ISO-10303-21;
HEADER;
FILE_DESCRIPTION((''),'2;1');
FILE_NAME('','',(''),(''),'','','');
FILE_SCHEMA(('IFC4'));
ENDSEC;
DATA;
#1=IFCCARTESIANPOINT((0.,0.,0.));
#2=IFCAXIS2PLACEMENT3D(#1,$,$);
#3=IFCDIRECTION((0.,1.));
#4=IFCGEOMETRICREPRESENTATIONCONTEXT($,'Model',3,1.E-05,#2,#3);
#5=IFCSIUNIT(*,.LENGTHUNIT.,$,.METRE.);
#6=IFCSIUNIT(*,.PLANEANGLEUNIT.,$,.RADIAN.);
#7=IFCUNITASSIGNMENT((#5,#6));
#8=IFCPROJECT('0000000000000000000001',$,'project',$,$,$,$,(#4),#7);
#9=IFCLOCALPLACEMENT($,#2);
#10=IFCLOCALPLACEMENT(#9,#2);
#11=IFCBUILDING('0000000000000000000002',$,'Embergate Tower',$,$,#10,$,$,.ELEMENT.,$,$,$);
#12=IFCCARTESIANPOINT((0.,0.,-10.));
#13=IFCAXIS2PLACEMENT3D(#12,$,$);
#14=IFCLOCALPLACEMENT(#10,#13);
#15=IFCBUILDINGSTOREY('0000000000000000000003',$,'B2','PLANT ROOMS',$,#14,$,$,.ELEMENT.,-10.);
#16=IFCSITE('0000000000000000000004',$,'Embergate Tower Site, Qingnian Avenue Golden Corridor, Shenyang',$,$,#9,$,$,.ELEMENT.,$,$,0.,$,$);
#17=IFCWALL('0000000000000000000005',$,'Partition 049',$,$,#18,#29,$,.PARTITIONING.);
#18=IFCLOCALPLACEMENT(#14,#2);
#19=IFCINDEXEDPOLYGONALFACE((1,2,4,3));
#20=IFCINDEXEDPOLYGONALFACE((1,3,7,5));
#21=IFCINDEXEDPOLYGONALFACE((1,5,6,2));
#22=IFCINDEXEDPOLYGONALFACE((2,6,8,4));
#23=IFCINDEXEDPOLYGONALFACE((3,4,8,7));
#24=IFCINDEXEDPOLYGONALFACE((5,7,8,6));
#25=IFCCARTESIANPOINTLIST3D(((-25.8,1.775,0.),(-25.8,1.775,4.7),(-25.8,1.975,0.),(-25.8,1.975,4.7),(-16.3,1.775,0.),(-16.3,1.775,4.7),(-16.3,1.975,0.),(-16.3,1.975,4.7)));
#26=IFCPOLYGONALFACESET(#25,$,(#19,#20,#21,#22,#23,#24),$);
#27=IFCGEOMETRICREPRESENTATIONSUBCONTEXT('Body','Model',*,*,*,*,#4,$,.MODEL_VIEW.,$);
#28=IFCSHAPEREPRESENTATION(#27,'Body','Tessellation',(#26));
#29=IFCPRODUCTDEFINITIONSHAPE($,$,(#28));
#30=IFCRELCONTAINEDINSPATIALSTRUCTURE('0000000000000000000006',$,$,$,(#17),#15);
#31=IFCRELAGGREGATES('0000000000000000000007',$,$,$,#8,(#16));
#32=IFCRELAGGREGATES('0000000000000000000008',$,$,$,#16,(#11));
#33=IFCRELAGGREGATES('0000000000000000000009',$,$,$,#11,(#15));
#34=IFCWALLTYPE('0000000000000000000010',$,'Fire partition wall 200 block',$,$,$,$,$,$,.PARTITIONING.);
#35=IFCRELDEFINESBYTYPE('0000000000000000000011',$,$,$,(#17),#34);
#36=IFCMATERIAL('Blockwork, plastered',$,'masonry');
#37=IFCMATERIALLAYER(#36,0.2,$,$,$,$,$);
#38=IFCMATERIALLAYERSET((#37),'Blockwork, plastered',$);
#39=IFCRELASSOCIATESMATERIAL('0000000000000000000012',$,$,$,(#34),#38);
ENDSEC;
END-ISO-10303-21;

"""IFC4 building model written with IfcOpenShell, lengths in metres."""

from ifc_helpers import new_model, si_unit, direction, frame, frame_2d, origin, place, context, subcontext, project, spatial, rectangle, extrude, source, transform, mapped, material, layer, layer_set, type_object, element, save


model = new_model("IFC4")

# Units and contexts
model_context = context("Model", 3, precision=1e-05, world=origin(), true_north=direction((0.0, 1.0)))
body_context = subcontext(model_context, "Body", "Model", "MODEL_VIEW")
ifc_project = project(units=[si_unit("LENGTHUNIT", "METRE"), si_unit("PLANEANGLEUNIT", "RADIAN")], contexts=[model_context])

# Site, building, storey
site_placement = place(None, origin())
site = spatial("IfcSite", under=ifc_project, at=site_placement, Name="Embergate Tower Site, Qingnian Avenue Golden Corridor, Shenyang", CompositionType="ELEMENT", RefElevation=0.0)
building_placement = place(site_placement, origin())
building = spatial("IfcBuilding", under=site, at=building_placement, Name="Embergate Tower", CompositionType="ELEMENT")
storey_placement = place(building_placement, frame((0.0, 0.0, -10.0)))
storey = spatial("IfcBuildingStorey", under=building, at=storey_placement, Name="B2", Description="PLANT ROOMS", CompositionType="ELEMENT", Elevation=-10.0)

# Wall
ifc_material_1 = material(Name="Blockwork, plastered", Category="masonry")
ifc_layer = layer(ifc_material_1, 0.2)
ifc_layer_set = layer_set([ifc_layer], Name="Blockwork, plastered")
wall_type = type_object("IfcWallType", Name="Fire partition wall 200 block", PredefinedType="PARTITIONING", material=ifc_layer_set)
shared_shape_1 = source(origin(), body_context, "Body", "SweptSolid", [
    extrude(rectangle(XDim=9.5, YDim=0.2, at=frame_2d((4.75, 0.0))), origin(), (0.0, 0.0, 1.0), 4.7),
])
wall_1_placement = place(storey_placement, frame((-25.8, 1.875, 0.0), z_axis=(0.0, 0.0, 1.0), x_axis=(1.0, 0.0, 0.0)))
element("IfcWall", 1, at=wall_1_placement, inside=storey, type_object=wall_type, Name="Partition 049", PredefinedType="PARTITIONING", context=body_context, shape_type="MappedRepresentation", body=[
    mapped(shared_shape_1, transform((0.0, 0.0, 0.0))),
])

save(model, "model.ifc")
